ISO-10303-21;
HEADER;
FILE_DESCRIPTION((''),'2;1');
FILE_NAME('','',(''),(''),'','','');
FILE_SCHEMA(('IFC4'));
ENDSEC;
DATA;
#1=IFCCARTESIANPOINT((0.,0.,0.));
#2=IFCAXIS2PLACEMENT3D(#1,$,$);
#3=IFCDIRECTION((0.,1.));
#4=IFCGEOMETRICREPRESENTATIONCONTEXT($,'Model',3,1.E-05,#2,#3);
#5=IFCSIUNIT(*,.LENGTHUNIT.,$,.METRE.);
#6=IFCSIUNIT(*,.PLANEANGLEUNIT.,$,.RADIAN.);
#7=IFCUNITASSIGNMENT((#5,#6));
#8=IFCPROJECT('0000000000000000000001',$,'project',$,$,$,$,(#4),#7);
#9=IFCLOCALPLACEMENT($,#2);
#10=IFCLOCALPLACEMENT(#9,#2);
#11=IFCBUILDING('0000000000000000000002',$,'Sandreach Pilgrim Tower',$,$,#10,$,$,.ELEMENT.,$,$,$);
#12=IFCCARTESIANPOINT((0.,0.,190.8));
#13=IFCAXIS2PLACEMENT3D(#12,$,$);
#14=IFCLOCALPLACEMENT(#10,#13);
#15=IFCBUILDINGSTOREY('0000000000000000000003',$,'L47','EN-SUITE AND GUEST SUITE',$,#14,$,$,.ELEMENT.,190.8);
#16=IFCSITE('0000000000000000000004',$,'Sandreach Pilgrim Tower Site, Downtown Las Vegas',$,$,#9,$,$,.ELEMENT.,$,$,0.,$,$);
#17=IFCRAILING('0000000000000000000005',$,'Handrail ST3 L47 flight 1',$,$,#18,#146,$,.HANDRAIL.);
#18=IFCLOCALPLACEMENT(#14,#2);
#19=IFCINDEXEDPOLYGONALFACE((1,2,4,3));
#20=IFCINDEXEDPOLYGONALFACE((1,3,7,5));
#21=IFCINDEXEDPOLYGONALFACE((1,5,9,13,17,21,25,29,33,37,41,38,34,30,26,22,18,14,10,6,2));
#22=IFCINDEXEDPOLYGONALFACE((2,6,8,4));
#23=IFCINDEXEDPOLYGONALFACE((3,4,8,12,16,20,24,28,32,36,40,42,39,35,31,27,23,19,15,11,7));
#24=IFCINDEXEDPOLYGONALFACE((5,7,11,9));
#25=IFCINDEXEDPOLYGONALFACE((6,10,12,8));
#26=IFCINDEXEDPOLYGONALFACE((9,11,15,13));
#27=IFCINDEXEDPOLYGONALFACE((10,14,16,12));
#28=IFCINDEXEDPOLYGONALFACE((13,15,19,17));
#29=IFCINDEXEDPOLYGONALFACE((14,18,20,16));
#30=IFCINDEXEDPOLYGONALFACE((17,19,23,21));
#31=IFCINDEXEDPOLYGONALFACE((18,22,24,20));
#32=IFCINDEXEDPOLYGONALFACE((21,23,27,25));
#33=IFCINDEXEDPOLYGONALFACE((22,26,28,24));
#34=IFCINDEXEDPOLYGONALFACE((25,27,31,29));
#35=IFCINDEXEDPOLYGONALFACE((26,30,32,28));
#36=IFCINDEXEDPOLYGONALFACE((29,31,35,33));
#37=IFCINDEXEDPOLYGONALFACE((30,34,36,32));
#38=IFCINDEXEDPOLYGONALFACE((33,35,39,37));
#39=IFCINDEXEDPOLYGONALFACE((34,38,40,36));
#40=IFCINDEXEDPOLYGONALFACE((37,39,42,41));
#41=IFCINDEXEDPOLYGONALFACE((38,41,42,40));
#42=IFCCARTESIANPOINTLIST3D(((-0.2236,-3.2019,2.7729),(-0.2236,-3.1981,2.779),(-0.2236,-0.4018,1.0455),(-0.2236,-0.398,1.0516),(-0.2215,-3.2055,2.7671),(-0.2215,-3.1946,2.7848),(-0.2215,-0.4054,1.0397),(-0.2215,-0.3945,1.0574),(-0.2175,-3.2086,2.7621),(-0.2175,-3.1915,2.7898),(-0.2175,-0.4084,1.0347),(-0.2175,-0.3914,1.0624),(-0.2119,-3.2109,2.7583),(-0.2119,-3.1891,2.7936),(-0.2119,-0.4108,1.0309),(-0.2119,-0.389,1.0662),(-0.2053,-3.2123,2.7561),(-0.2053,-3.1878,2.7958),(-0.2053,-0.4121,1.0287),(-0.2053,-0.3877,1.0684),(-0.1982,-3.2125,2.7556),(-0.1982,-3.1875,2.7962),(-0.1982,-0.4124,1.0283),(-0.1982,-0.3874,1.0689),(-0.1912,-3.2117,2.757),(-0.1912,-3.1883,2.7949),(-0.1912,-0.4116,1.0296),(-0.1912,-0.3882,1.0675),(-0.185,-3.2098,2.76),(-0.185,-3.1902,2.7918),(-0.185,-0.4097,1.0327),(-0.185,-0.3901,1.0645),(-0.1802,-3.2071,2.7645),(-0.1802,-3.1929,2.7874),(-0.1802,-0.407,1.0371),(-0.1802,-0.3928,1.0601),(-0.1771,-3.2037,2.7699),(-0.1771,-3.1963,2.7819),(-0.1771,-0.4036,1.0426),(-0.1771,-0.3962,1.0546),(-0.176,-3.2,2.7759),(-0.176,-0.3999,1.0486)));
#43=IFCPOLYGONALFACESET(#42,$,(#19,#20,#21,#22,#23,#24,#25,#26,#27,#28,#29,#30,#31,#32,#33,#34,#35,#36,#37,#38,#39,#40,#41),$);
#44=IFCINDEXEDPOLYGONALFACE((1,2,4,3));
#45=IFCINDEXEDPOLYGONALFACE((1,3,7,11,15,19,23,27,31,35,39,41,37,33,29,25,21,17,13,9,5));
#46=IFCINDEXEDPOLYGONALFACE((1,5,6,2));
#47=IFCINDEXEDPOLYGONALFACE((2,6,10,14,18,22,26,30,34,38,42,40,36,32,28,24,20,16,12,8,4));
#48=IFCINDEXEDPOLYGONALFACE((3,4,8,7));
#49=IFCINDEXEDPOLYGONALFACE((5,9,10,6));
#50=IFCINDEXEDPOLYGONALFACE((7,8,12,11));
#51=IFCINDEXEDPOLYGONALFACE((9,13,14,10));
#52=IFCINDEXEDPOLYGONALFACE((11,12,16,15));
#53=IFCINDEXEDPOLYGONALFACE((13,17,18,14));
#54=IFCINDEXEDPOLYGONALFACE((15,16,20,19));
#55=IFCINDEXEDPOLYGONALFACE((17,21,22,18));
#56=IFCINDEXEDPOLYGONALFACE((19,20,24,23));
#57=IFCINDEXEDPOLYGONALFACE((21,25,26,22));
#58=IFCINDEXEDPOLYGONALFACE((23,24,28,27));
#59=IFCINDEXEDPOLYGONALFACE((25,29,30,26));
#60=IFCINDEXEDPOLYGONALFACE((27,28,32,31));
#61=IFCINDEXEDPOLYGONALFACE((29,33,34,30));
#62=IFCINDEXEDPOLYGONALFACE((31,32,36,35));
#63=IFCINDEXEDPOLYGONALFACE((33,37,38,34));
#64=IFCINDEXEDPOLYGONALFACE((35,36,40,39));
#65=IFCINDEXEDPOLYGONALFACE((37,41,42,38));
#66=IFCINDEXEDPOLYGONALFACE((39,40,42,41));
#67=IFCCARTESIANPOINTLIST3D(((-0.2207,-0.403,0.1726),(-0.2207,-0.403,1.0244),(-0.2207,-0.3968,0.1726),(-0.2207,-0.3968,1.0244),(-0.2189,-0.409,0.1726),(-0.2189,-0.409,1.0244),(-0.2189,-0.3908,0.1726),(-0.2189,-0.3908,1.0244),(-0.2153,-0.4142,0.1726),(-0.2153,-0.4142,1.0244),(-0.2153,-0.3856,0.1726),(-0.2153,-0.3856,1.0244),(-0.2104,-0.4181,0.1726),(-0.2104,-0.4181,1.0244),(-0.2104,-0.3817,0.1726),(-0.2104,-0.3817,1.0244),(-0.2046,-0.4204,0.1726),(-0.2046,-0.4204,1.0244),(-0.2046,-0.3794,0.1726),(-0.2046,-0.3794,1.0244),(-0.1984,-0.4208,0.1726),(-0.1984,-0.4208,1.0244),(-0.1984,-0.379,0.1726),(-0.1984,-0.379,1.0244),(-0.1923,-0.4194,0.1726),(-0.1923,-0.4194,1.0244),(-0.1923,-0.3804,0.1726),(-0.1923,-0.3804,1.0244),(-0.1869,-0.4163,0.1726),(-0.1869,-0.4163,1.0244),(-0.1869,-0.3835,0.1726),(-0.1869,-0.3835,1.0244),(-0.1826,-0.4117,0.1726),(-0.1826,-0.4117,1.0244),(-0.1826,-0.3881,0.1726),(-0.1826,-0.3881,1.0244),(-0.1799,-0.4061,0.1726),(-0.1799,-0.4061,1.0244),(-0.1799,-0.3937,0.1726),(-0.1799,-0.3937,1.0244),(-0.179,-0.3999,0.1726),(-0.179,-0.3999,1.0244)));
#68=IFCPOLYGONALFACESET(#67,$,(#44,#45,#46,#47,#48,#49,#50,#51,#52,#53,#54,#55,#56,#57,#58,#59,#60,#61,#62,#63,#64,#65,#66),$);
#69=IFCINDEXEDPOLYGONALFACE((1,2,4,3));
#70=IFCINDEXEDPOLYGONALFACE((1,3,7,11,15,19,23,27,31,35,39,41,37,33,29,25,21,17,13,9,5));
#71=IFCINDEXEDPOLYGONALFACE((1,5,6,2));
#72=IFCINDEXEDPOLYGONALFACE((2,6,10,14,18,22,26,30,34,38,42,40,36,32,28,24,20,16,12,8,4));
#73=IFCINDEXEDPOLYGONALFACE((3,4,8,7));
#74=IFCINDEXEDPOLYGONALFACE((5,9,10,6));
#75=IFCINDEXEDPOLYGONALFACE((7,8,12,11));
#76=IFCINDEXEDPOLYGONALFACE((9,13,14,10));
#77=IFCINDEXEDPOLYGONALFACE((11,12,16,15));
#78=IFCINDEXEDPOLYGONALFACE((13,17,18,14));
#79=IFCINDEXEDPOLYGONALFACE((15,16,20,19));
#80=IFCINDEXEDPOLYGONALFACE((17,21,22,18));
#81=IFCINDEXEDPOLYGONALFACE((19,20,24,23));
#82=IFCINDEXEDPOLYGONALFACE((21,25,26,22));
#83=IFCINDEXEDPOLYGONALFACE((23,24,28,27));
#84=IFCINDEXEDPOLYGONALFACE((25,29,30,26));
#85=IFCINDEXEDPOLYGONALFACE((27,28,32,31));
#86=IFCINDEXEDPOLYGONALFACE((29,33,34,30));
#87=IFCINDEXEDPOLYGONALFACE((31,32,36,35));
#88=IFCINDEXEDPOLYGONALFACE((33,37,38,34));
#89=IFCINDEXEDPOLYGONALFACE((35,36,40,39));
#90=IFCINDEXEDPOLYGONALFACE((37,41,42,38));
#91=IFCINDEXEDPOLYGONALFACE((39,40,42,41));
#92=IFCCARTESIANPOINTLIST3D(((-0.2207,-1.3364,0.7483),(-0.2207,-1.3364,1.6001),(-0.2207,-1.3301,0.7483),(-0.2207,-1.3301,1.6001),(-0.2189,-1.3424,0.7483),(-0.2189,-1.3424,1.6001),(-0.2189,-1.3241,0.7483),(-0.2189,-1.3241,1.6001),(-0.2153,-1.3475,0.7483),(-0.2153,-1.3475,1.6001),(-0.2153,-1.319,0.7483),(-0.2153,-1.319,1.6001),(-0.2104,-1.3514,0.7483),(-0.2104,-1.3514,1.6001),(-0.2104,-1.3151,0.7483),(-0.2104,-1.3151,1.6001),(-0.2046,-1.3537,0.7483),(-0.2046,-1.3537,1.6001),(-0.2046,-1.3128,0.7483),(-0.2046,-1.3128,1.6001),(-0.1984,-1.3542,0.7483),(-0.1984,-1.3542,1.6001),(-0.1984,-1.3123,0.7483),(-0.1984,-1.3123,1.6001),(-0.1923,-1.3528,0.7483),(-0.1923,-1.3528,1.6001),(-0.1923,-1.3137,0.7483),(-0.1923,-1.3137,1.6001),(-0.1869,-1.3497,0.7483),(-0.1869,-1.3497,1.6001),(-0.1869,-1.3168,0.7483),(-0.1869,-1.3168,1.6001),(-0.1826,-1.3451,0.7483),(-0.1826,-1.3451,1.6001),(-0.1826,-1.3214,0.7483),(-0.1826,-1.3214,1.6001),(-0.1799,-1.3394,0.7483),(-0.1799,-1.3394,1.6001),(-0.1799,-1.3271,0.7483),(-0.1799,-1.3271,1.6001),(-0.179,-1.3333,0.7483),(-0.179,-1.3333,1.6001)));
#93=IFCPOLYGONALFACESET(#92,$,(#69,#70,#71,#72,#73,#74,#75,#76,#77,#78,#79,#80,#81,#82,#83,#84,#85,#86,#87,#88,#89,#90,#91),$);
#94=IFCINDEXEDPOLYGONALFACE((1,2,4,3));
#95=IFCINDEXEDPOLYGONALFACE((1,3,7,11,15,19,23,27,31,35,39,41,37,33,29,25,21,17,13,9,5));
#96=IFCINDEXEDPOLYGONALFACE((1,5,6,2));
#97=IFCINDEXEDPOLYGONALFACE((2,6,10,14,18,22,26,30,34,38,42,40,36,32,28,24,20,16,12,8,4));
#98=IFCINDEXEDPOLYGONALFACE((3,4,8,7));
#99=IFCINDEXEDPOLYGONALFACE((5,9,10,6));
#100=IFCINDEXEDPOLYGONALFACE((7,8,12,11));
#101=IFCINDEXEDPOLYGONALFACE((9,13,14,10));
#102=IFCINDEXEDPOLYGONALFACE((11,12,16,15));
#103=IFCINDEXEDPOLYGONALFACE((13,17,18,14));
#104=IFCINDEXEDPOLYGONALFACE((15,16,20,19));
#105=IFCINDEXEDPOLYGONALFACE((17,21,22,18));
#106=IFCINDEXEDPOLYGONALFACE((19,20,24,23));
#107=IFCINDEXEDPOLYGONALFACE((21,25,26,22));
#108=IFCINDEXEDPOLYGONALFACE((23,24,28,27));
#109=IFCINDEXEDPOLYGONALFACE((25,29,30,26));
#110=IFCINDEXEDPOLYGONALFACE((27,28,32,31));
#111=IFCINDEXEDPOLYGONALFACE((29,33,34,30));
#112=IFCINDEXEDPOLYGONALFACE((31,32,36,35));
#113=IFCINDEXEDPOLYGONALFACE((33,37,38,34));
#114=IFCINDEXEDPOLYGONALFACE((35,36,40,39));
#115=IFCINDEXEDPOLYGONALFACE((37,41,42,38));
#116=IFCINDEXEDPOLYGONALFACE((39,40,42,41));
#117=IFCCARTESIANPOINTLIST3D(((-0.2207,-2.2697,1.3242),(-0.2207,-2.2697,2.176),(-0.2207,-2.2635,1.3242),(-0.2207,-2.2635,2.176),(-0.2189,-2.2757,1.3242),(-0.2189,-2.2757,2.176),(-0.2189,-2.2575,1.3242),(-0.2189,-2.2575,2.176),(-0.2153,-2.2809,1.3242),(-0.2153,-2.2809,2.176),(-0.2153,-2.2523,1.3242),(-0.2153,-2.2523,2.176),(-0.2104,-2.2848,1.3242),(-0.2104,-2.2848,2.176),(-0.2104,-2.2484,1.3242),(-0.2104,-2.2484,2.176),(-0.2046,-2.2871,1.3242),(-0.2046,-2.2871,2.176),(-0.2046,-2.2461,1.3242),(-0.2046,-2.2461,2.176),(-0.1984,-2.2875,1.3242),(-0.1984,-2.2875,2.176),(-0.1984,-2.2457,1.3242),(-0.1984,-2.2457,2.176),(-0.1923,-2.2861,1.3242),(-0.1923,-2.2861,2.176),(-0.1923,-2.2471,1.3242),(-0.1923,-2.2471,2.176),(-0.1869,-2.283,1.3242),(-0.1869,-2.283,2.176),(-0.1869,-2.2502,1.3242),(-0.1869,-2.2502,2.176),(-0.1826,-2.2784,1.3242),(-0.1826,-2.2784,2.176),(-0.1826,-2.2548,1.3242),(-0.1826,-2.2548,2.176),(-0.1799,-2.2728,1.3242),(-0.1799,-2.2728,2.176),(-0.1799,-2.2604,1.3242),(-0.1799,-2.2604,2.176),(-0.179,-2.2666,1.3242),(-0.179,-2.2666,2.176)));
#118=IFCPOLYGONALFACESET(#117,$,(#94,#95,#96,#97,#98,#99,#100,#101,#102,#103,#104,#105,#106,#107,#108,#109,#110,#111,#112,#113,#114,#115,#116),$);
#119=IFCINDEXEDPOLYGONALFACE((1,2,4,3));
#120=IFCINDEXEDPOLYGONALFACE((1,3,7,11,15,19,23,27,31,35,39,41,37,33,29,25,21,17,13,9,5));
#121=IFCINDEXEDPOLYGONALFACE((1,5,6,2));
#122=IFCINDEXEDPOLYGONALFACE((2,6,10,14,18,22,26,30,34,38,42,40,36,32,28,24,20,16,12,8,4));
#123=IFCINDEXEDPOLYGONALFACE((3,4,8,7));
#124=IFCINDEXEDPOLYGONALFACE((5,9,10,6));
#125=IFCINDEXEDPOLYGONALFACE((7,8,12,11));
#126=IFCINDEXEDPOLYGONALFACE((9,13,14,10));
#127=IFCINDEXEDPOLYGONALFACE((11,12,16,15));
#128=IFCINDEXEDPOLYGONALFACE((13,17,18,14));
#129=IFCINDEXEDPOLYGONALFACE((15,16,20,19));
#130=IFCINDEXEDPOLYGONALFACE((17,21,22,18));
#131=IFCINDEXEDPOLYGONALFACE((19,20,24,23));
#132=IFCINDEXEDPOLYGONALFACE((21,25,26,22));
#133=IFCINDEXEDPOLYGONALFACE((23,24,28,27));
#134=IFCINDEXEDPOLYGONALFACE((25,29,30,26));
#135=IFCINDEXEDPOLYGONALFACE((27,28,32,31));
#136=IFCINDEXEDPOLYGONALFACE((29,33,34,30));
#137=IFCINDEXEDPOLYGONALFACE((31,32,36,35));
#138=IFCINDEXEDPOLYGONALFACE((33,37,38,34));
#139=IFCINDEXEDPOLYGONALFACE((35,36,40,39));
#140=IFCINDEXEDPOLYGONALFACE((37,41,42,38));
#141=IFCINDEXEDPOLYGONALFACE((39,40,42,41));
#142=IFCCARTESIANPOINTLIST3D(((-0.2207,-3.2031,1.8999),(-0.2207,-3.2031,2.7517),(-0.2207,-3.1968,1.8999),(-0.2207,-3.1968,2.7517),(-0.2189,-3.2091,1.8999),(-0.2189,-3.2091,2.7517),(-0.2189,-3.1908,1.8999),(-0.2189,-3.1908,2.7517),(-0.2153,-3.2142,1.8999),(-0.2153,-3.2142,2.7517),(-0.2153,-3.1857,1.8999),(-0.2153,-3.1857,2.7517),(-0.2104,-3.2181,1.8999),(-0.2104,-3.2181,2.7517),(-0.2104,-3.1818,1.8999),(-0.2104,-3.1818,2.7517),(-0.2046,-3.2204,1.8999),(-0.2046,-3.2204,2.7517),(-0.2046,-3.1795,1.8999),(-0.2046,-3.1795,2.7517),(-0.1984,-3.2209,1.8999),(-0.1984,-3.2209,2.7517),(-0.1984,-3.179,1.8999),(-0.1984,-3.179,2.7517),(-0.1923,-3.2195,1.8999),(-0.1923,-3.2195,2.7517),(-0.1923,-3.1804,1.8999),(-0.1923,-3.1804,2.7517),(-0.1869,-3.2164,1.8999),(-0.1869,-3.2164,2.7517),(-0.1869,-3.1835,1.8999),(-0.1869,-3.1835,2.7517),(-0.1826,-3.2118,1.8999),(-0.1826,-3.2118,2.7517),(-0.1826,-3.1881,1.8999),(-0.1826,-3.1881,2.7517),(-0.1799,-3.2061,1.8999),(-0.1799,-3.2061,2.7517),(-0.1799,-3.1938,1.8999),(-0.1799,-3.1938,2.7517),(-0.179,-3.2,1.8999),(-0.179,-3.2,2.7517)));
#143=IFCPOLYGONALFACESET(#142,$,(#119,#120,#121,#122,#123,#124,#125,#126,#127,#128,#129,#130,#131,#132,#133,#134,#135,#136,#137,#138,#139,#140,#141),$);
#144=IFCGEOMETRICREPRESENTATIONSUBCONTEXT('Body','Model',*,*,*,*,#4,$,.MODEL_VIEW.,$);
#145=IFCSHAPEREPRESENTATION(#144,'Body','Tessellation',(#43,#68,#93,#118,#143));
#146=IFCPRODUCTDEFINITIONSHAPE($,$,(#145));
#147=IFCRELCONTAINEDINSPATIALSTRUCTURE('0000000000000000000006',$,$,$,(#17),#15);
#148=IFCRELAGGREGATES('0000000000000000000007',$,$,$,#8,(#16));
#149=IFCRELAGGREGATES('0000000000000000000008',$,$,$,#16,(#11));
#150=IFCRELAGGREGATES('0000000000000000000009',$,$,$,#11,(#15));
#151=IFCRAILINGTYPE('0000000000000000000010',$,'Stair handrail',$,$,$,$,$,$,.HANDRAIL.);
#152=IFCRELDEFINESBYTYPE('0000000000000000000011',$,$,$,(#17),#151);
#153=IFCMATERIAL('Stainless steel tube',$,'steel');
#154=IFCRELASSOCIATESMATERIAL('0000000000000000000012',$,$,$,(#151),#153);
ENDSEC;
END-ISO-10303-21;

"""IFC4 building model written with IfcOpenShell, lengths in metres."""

from ifc_helpers import new_model, si_unit, direction, frame, origin, origin_2d, place, context, subcontext, project, spatial, circle, extrude, material, type_object, element, save


model = new_model("IFC4")

# Units and contexts
model_context = context("Model", 3, precision=1e-05, world=origin(), true_north=direction((0.0, 1.0)))
body_context = subcontext(model_context, "Body", "Model", "MODEL_VIEW")
ifc_project = project(units=[si_unit("LENGTHUNIT", "METRE"), si_unit("PLANEANGLEUNIT", "RADIAN")], contexts=[model_context])

# Site, building, storey
site_placement = place(None, origin())
site = spatial("IfcSite", under=ifc_project, at=site_placement, Name="Sandreach Pilgrim Tower Site, Downtown Las Vegas", CompositionType="ELEMENT", RefElevation=0.0)
building_placement = place(site_placement, origin())
building = spatial("IfcBuilding", under=site, at=building_placement, Name="Sandreach Pilgrim Tower", CompositionType="ELEMENT")
storey_placement = place(building_placement, frame((0.0, 0.0, 190.8)))
storey = spatial("IfcBuildingStorey", under=building, at=storey_placement, Name="L47", Description="EN-SUITE AND GUEST SUITE", CompositionType="ELEMENT", Elevation=190.8)

# Railing
ifc_material_1 = material(Name="Stainless steel tube", Category="steel")
railing_type = type_object("IfcRailingType", Name="Stair handrail", PredefinedType="HANDRAIL", material=ifc_material_1)
for number, where, name in (
    (1, (-0.2, -0.3999, 0.1726), "Handrail ST3 L47 flight 1"),
):
    element("IfcRailing", number, at=place(storey_placement, frame(where)), inside=storey, type_object=railing_type, Name=name, PredefinedType="HANDRAIL", context=body_context, shape_type="SweptSolid", body=[
        extrude(circle(Radius=0.0239, at=origin_2d()), frame((0.0, 0.0, 0.876), z_axis=(0.0, -0.85109, 0.52502), x_axis=(1.0, 0.0, 0.0)), (0.0, 0.0, 1.0), 3.29),
        extrude(circle(Radius=0.021, at=origin_2d()), origin(), (0.0, 0.0, 1.0), 0.8518),
        extrude(circle(Radius=0.021, at=origin_2d()), frame((0.0, -0.9333, 0.5757)), (0.0, 0.0, 1.0), 0.8518),
        extrude(circle(Radius=0.021, at=origin_2d()), frame((0.0, -1.8667, 1.1516)), (0.0, 0.0, 1.0), 0.8518),
        extrude(circle(Radius=0.021, at=origin_2d()), frame((0.0, -2.8, 1.7273)), (0.0, 0.0, 1.0), 0.8518),
    ])

save(model, "model.ifc")
